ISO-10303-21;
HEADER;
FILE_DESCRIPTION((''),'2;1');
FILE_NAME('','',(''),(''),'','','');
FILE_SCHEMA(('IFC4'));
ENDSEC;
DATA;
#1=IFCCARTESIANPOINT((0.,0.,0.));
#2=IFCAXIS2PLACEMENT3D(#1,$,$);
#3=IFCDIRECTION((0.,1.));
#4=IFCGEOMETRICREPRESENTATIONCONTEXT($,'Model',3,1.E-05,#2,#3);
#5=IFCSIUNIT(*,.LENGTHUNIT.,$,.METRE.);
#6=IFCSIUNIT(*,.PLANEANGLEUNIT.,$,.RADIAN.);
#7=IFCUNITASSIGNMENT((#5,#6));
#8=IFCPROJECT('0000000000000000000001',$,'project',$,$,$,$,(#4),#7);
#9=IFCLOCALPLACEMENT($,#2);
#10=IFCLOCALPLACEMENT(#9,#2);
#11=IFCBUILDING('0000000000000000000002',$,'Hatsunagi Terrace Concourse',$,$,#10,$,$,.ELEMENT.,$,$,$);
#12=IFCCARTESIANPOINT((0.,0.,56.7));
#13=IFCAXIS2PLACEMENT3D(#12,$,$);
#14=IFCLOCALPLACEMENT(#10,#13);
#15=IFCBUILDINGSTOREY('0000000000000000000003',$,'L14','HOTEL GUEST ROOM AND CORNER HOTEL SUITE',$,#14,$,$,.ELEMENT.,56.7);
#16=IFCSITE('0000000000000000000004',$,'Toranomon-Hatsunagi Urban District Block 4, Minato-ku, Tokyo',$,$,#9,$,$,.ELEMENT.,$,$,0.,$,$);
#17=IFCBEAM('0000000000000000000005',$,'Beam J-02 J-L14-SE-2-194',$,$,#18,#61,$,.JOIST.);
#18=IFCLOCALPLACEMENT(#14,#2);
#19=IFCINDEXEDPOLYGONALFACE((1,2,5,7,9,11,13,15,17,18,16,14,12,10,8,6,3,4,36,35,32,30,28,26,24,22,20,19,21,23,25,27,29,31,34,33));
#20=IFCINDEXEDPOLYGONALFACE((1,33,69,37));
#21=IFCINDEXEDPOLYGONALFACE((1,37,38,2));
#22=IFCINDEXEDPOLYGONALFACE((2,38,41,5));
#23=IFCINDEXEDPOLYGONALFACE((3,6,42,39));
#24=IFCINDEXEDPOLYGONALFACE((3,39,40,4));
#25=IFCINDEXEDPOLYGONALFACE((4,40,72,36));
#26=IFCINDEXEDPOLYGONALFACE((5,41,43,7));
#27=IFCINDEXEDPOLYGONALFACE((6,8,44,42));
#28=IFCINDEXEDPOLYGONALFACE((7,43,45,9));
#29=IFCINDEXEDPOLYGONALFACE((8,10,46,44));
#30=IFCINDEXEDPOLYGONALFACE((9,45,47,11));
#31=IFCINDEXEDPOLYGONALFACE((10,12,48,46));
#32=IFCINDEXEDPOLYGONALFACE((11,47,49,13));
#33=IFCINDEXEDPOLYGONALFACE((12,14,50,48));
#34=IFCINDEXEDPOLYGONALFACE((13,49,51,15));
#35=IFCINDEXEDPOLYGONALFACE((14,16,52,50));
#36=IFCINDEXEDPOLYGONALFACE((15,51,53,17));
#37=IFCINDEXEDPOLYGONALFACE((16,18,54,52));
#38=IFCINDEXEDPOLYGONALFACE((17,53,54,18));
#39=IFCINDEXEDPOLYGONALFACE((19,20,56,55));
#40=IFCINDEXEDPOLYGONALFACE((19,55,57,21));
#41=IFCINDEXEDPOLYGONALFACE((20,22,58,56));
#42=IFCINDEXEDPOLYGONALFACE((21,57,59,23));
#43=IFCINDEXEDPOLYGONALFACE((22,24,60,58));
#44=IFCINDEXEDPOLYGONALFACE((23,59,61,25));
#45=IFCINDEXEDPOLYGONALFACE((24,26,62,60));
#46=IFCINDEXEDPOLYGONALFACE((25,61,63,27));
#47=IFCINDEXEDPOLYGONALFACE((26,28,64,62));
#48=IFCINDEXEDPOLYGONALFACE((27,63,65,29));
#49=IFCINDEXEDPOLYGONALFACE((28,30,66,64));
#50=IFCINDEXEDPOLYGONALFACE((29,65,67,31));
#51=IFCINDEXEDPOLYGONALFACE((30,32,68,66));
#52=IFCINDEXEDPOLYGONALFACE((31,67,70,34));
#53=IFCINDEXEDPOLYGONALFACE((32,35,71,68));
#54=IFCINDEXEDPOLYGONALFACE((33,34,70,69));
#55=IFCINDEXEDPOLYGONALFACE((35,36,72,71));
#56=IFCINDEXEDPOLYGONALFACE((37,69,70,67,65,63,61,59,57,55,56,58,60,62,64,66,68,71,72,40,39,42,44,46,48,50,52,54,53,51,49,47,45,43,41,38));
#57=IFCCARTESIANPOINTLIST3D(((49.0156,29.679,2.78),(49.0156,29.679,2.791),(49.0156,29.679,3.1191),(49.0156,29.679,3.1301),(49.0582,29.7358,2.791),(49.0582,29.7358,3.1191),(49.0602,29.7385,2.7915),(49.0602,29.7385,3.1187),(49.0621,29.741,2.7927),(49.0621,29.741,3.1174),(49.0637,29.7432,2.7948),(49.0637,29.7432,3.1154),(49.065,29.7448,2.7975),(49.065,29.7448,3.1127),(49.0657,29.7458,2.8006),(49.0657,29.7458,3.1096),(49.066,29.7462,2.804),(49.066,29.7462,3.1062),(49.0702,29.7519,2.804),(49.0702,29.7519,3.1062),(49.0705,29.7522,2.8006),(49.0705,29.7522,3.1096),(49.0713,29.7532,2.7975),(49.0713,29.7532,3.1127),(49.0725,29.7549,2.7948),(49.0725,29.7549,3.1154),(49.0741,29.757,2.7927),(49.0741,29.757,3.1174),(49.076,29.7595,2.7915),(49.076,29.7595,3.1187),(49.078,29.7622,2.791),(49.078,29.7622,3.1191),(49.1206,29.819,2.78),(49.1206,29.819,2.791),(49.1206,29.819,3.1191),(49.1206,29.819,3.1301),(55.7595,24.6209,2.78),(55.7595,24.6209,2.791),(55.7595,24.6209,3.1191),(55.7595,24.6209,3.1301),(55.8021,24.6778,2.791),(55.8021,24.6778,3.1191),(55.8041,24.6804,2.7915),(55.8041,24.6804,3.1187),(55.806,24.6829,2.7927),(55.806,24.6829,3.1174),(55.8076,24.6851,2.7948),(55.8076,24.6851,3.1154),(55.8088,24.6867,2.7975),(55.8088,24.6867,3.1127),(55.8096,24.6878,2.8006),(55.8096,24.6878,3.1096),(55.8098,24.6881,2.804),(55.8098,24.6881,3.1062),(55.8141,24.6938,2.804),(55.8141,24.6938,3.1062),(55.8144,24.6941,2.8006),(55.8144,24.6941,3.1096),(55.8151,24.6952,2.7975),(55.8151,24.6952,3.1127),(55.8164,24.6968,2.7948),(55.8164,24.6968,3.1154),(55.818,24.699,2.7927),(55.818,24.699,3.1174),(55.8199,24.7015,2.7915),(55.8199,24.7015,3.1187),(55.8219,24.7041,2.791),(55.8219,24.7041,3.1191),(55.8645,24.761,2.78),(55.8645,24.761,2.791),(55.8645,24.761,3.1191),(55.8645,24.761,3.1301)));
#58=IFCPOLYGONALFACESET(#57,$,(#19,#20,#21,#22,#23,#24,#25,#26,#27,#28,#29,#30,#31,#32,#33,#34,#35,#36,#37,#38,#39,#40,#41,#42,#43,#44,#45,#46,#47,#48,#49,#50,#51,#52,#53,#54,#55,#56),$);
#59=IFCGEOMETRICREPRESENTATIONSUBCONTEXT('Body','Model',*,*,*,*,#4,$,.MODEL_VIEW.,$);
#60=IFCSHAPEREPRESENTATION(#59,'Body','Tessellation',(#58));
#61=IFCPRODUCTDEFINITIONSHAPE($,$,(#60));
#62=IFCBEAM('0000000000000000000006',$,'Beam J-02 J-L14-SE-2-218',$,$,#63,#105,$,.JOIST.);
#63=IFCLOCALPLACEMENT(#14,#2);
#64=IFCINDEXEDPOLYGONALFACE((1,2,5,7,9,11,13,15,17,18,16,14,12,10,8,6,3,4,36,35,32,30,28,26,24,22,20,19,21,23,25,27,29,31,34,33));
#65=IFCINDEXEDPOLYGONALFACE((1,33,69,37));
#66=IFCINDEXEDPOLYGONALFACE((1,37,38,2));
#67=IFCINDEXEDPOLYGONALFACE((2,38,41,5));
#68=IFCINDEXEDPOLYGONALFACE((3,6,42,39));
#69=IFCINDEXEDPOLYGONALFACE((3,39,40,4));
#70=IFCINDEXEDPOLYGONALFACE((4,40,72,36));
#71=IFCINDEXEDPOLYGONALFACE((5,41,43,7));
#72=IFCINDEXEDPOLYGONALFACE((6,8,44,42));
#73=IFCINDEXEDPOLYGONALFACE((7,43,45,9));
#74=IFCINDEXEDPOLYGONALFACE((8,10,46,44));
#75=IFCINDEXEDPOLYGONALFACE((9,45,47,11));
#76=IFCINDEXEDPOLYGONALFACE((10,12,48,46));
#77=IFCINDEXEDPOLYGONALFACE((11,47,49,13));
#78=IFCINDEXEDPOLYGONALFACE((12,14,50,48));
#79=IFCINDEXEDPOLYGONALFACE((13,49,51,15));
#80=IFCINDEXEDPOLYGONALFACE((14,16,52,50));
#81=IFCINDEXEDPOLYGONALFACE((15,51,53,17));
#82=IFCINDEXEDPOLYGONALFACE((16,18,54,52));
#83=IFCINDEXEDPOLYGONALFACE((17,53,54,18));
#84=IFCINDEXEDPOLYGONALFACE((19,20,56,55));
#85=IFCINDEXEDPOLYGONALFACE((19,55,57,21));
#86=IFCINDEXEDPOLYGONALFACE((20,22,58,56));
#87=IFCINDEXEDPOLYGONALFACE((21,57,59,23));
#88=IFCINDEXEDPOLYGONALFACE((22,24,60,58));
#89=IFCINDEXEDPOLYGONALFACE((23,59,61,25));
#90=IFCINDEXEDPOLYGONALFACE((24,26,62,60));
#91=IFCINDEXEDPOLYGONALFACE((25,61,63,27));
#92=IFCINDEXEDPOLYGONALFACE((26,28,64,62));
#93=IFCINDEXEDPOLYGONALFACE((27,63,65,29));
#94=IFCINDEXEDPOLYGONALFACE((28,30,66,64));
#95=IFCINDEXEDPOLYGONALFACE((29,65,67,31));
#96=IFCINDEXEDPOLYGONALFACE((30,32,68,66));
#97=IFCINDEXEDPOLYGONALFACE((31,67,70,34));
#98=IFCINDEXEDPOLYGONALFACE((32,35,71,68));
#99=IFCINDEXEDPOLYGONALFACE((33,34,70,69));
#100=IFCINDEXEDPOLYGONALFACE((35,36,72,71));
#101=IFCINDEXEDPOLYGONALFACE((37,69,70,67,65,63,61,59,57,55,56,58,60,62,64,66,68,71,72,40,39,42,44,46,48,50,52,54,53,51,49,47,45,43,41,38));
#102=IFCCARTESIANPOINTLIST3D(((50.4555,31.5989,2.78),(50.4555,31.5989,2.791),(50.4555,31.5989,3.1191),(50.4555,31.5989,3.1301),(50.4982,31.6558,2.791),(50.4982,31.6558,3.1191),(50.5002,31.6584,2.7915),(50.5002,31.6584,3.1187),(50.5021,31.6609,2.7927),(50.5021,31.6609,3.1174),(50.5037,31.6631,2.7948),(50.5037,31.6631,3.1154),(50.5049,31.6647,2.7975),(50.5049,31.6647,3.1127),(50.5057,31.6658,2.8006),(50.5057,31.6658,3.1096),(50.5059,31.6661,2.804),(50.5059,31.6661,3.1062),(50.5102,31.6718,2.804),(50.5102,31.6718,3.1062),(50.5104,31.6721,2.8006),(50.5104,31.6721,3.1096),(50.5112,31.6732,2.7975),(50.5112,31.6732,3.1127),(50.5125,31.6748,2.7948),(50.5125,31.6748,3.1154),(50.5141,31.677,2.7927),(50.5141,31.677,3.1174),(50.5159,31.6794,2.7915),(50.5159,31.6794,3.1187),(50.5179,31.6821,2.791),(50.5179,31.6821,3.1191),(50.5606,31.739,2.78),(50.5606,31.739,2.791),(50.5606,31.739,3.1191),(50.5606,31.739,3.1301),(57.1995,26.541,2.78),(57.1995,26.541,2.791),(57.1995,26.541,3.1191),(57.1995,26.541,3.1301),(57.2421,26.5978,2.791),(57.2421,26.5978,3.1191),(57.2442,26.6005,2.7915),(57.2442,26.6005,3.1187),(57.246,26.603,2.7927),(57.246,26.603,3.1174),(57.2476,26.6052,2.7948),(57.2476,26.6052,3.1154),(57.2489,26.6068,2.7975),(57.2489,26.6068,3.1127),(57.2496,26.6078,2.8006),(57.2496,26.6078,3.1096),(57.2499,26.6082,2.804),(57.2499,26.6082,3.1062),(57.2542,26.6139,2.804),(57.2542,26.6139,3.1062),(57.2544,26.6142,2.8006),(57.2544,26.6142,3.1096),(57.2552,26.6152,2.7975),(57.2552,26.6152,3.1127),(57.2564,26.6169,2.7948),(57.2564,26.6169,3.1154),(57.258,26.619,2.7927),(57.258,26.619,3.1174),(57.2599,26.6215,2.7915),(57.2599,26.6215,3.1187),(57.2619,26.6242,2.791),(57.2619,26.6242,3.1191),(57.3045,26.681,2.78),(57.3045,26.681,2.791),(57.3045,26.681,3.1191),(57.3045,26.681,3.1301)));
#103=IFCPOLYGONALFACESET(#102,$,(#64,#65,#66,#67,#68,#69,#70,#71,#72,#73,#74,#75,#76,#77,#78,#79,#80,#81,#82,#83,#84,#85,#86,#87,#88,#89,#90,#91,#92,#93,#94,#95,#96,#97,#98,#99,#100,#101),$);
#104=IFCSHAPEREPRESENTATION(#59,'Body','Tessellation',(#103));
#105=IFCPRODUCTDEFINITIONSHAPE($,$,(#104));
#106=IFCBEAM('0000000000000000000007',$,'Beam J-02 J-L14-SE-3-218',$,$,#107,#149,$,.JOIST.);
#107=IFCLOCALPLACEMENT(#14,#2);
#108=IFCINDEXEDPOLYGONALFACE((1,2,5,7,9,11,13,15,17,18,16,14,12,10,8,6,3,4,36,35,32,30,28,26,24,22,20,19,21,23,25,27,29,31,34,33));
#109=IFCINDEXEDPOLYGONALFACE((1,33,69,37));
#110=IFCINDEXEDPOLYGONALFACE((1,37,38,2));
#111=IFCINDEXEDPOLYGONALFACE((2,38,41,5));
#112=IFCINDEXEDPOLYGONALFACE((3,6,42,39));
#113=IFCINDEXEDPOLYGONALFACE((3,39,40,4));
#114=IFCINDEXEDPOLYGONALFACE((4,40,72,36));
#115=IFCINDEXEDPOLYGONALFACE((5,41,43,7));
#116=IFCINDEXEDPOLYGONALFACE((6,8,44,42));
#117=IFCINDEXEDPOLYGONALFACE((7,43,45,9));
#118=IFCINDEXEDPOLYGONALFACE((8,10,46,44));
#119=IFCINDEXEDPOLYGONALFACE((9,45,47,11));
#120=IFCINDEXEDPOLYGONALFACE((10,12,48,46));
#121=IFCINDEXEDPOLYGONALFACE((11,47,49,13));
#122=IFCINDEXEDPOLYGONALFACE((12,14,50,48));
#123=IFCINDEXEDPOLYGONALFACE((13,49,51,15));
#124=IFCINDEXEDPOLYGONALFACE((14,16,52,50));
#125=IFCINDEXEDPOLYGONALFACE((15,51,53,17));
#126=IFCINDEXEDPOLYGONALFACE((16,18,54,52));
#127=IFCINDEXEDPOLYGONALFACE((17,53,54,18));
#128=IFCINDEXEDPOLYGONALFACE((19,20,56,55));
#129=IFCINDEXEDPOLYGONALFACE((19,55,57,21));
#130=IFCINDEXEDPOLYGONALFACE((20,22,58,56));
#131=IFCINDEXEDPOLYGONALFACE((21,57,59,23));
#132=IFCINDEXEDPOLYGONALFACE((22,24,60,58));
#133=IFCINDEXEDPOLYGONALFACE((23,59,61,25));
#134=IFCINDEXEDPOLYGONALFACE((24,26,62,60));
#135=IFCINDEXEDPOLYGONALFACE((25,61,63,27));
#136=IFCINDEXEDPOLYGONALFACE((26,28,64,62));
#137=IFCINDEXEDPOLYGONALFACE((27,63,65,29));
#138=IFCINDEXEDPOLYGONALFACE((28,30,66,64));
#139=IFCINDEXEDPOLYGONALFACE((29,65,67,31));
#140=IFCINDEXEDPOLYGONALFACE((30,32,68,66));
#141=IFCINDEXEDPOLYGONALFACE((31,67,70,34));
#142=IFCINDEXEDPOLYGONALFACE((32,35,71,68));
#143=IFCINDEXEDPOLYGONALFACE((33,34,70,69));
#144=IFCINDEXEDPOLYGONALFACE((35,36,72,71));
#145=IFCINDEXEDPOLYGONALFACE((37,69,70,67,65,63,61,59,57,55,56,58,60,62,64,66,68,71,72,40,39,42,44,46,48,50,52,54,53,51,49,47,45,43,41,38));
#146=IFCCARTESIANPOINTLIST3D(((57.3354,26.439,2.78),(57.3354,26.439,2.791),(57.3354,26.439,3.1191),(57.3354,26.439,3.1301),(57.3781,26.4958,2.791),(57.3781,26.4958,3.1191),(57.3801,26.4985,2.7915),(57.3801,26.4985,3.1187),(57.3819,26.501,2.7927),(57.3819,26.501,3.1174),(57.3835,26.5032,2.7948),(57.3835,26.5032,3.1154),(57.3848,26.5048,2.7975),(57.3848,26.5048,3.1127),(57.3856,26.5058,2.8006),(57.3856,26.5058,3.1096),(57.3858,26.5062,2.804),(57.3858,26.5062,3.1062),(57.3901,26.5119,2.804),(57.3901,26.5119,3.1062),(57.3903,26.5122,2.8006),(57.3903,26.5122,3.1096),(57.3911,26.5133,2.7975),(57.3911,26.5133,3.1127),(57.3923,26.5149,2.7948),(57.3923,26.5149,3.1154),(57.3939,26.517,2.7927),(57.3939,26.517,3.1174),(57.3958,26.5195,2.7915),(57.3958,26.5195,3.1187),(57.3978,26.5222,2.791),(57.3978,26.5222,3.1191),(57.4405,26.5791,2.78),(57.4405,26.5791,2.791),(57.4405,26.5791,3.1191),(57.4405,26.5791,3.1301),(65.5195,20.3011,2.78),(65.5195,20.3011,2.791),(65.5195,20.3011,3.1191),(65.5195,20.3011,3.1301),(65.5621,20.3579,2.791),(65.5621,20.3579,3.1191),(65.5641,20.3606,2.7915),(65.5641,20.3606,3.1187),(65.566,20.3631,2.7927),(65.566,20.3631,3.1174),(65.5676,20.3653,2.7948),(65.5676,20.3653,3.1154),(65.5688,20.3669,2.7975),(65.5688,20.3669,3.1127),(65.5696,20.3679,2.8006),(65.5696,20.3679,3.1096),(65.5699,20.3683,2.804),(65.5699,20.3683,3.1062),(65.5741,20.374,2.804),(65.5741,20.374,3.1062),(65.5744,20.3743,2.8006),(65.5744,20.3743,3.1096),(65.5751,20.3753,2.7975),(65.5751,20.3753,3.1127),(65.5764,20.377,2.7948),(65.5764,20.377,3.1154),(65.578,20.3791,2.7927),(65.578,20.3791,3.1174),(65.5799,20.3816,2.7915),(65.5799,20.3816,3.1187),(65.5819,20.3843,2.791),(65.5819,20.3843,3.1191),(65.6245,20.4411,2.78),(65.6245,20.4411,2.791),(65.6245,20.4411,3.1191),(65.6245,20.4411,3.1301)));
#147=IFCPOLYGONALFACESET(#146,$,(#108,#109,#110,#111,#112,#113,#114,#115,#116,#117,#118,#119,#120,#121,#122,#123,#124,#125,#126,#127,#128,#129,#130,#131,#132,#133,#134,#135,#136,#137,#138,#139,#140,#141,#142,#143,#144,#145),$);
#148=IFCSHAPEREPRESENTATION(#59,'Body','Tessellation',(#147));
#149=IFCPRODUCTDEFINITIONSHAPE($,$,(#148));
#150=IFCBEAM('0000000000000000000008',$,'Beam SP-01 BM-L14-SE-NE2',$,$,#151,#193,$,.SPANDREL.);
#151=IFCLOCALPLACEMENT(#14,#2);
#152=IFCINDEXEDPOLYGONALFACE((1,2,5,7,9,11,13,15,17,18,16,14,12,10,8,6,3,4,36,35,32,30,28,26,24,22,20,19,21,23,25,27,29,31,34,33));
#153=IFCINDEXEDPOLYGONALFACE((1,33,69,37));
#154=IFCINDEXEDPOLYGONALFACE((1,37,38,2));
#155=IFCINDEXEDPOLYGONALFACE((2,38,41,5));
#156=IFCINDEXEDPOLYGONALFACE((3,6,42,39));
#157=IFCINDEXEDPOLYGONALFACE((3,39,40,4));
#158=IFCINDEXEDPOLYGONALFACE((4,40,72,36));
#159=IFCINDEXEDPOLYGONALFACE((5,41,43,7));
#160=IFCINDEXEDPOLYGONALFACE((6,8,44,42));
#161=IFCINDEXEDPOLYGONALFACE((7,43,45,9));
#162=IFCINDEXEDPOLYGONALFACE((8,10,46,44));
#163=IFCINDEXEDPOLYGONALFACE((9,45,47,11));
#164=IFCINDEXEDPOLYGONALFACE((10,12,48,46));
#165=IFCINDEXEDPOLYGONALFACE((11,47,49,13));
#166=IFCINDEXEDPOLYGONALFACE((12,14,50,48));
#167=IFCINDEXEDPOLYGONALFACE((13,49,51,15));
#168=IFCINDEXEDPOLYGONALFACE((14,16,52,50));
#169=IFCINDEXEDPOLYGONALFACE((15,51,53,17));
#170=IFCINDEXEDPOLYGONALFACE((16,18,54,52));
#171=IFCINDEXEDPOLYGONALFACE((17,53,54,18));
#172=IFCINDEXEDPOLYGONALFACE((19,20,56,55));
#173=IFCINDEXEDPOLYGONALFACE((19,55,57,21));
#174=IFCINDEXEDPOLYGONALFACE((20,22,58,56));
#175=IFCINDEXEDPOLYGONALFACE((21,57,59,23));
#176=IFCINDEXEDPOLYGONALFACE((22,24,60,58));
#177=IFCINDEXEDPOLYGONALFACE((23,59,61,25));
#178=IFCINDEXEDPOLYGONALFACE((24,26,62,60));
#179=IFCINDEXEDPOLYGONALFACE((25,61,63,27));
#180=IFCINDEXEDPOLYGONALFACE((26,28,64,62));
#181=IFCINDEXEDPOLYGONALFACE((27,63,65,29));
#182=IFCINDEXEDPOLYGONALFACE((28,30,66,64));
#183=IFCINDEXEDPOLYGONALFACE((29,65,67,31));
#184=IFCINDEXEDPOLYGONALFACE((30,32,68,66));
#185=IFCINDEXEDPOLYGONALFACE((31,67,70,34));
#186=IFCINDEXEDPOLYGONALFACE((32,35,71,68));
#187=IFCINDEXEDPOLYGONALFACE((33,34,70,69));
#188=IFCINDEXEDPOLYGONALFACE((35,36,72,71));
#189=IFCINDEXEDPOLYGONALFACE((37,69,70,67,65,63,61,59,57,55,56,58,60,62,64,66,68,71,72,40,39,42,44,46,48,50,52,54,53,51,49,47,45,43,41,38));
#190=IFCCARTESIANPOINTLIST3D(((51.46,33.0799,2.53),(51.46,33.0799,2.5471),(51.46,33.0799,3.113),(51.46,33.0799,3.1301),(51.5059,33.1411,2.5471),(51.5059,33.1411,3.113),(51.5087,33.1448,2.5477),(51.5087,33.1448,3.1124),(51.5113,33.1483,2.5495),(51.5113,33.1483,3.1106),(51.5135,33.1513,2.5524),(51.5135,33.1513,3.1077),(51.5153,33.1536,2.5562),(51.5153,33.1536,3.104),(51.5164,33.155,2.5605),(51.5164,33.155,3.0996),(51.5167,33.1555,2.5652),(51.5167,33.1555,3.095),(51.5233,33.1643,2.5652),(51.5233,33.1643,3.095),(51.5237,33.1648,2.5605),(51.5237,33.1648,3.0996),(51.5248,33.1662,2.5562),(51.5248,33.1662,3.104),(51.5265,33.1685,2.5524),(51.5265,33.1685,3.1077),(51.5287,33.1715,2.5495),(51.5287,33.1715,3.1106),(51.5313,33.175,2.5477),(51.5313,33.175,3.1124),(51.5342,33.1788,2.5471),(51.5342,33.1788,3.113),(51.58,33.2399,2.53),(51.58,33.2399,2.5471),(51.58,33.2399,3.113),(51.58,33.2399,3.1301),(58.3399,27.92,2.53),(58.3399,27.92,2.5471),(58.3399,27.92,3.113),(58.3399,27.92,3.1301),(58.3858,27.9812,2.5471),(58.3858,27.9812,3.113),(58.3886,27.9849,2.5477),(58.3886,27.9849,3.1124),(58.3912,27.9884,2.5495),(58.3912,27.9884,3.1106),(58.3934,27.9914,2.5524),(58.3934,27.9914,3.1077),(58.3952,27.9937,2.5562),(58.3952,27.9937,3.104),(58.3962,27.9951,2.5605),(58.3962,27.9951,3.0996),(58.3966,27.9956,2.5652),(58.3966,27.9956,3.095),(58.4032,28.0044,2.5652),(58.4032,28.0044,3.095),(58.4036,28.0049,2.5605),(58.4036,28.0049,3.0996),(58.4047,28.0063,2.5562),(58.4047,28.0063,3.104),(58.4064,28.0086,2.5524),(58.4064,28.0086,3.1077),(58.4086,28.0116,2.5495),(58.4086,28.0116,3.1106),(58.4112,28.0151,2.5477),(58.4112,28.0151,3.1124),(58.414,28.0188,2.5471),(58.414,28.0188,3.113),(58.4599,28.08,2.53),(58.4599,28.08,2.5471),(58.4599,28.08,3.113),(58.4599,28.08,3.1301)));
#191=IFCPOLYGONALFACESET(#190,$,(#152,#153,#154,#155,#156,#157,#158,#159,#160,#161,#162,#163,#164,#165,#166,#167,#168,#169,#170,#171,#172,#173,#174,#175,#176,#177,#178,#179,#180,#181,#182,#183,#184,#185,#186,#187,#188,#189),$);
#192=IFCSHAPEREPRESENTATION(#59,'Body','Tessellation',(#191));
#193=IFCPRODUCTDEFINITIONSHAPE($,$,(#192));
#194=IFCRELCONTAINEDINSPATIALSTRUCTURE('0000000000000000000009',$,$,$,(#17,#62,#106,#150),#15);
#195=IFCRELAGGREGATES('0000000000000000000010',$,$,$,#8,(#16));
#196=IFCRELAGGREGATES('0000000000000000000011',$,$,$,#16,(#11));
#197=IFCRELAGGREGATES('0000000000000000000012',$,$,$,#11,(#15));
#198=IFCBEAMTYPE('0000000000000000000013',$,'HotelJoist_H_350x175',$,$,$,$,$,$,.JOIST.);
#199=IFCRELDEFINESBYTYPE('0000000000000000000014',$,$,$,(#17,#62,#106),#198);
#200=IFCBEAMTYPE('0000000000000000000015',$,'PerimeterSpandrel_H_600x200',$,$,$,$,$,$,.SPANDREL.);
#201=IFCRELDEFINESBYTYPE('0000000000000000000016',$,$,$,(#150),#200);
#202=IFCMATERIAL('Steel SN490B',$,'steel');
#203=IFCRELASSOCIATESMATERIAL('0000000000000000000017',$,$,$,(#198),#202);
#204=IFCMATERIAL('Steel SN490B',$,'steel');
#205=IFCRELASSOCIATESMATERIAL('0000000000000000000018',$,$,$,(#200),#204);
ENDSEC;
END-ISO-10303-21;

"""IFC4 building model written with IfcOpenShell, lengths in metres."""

from ifc_helpers import new_model, si_unit, direction, frame, origin, origin_2d, place, context, subcontext, project, spatial, i_section, extrude, material, material_profile, profile_set, type_object, element, save


model = new_model("IFC4")

# Units and contexts
model_context = context("Model", 3, precision=1e-05, world=origin(), true_north=direction((0.0, 1.0)))
body_context = subcontext(model_context, "Body", "Model", "MODEL_VIEW")
ifc_project = project(units=[si_unit("LENGTHUNIT", "METRE"), si_unit("PLANEANGLEUNIT", "RADIAN")], contexts=[model_context])

# Site, building, storey
site_placement = place(None, origin())
site = spatial("IfcSite", under=ifc_project, at=site_placement, Name="Toranomon-Hatsunagi Urban District Block 4, Minato-ku, Tokyo", CompositionType="ELEMENT", RefElevation=0.0)
building_placement = place(site_placement, origin())
building = spatial("IfcBuilding", under=site, at=building_placement, Name="Hatsunagi Terrace Concourse", CompositionType="ELEMENT")
storey_placement = place(building_placement, frame((0.0, 0.0, 56.7)))
storey = spatial("IfcBuildingStorey", under=building, at=storey_placement, Name="L14", Description="HOTEL GUEST ROOM AND CORNER HOTEL SUITE", CompositionType="ELEMENT", Elevation=56.7)

# Beams
ifc_material_1 = material(Name="Steel SN490B", Category="steel")
ifc_material_profile_1 = material_profile(ifc_material_1, i_section(OverallWidth=0.175, OverallDepth=0.3501, WebThickness=0.0071, FlangeThickness=0.011, FilletRadius=0.0129, at=origin_2d()), Name="H-350x175x7x11")
ifc_profile_set_1 = profile_set([ifc_material_profile_1], Name="Steel SN490B")
beam_type_1 = type_object("IfcBeamType", Name="HotelJoist_H_350x175", PredefinedType="JOIST", material=ifc_profile_set_1)
for number, where, z_axis, x_axis, name in (
    (1, (49.0681, 29.749, 2.9551), (0.79999, -0.600014, 0.0), (0.600014, 0.79999, 0.0), "Beam J-02 J-L14-SE-2-194"),
    (2, (50.5081, 31.6689, 2.9551), (0.800003, -0.599995, 0.0), (0.599995, 0.800003, 0.0), "Beam J-02 J-L14-SE-2-218"),
):
    element("IfcBeam", number, at=place(storey_placement, frame(where, z_axis=z_axis, x_axis=x_axis)), inside=storey, type_object=beam_type_1, Name=name, PredefinedType="JOIST", context=body_context, shape_type="SweptSolid", body=[
        extrude(i_section(OverallWidth=0.175, OverallDepth=0.3501, WebThickness=0.0071, FlangeThickness=0.011, FilletRadius=0.0129, at=origin_2d()), origin(), (0.0, 0.0, 1.0), 8.4299),
    ])
beam_1_placement = place(storey_placement, frame((57.3879, 26.509, 2.9551), z_axis=(0.800006, -0.599992, 0.0), x_axis=(0.599992, 0.800006, 0.0)))
element("IfcBeam", 3, at=beam_1_placement, inside=storey, type_object=beam_type_1, Name="Beam J-02 J-L14-SE-3-218", PredefinedType="JOIST", context=body_context, shape_type="SweptSolid", body=[
    extrude(i_section(OverallWidth=0.175, OverallDepth=0.3501, WebThickness=0.0071, FlangeThickness=0.011, FilletRadius=0.0129, at=origin_2d()), origin(), (0.0, 0.0, 1.0), 10.23),
])
ifc_material_2 = material(Name="Steel SN490B", Category="steel")
ifc_material_profile_2 = material_profile(ifc_material_2, i_section(OverallWidth=0.2, OverallDepth=0.6001, WebThickness=0.011, FlangeThickness=0.0171, FilletRadius=0.0181, at=origin_2d()), Name="H-600x200x11x17")
ifc_profile_set_2 = profile_set([ifc_material_profile_2], Name="Steel SN490B")
beam_type_2 = type_object("IfcBeamType", Name="PerimeterSpandrel_H_600x200", PredefinedType="SPANDREL", material=ifc_profile_set_2)
beam_2_placement = place(storey_placement, frame((51.52, 33.1599, 2.8301), z_axis=(0.8, -0.6, 0.0), x_axis=(0.6, 0.8, 0.0)))
element("IfcBeam", 4, at=beam_2_placement, inside=storey, type_object=beam_type_2, Name="Beam SP-01 BM-L14-SE-NE2", PredefinedType="SPANDREL", context=body_context, shape_type="SweptSolid", body=[
    extrude(i_section(OverallWidth=0.2, OverallDepth=0.6001, WebThickness=0.011, FlangeThickness=0.0171, FilletRadius=0.0181, at=origin_2d()), origin(), (0.0, 0.0, 1.0), 8.5999),
])

save(model, "model.ifc")
